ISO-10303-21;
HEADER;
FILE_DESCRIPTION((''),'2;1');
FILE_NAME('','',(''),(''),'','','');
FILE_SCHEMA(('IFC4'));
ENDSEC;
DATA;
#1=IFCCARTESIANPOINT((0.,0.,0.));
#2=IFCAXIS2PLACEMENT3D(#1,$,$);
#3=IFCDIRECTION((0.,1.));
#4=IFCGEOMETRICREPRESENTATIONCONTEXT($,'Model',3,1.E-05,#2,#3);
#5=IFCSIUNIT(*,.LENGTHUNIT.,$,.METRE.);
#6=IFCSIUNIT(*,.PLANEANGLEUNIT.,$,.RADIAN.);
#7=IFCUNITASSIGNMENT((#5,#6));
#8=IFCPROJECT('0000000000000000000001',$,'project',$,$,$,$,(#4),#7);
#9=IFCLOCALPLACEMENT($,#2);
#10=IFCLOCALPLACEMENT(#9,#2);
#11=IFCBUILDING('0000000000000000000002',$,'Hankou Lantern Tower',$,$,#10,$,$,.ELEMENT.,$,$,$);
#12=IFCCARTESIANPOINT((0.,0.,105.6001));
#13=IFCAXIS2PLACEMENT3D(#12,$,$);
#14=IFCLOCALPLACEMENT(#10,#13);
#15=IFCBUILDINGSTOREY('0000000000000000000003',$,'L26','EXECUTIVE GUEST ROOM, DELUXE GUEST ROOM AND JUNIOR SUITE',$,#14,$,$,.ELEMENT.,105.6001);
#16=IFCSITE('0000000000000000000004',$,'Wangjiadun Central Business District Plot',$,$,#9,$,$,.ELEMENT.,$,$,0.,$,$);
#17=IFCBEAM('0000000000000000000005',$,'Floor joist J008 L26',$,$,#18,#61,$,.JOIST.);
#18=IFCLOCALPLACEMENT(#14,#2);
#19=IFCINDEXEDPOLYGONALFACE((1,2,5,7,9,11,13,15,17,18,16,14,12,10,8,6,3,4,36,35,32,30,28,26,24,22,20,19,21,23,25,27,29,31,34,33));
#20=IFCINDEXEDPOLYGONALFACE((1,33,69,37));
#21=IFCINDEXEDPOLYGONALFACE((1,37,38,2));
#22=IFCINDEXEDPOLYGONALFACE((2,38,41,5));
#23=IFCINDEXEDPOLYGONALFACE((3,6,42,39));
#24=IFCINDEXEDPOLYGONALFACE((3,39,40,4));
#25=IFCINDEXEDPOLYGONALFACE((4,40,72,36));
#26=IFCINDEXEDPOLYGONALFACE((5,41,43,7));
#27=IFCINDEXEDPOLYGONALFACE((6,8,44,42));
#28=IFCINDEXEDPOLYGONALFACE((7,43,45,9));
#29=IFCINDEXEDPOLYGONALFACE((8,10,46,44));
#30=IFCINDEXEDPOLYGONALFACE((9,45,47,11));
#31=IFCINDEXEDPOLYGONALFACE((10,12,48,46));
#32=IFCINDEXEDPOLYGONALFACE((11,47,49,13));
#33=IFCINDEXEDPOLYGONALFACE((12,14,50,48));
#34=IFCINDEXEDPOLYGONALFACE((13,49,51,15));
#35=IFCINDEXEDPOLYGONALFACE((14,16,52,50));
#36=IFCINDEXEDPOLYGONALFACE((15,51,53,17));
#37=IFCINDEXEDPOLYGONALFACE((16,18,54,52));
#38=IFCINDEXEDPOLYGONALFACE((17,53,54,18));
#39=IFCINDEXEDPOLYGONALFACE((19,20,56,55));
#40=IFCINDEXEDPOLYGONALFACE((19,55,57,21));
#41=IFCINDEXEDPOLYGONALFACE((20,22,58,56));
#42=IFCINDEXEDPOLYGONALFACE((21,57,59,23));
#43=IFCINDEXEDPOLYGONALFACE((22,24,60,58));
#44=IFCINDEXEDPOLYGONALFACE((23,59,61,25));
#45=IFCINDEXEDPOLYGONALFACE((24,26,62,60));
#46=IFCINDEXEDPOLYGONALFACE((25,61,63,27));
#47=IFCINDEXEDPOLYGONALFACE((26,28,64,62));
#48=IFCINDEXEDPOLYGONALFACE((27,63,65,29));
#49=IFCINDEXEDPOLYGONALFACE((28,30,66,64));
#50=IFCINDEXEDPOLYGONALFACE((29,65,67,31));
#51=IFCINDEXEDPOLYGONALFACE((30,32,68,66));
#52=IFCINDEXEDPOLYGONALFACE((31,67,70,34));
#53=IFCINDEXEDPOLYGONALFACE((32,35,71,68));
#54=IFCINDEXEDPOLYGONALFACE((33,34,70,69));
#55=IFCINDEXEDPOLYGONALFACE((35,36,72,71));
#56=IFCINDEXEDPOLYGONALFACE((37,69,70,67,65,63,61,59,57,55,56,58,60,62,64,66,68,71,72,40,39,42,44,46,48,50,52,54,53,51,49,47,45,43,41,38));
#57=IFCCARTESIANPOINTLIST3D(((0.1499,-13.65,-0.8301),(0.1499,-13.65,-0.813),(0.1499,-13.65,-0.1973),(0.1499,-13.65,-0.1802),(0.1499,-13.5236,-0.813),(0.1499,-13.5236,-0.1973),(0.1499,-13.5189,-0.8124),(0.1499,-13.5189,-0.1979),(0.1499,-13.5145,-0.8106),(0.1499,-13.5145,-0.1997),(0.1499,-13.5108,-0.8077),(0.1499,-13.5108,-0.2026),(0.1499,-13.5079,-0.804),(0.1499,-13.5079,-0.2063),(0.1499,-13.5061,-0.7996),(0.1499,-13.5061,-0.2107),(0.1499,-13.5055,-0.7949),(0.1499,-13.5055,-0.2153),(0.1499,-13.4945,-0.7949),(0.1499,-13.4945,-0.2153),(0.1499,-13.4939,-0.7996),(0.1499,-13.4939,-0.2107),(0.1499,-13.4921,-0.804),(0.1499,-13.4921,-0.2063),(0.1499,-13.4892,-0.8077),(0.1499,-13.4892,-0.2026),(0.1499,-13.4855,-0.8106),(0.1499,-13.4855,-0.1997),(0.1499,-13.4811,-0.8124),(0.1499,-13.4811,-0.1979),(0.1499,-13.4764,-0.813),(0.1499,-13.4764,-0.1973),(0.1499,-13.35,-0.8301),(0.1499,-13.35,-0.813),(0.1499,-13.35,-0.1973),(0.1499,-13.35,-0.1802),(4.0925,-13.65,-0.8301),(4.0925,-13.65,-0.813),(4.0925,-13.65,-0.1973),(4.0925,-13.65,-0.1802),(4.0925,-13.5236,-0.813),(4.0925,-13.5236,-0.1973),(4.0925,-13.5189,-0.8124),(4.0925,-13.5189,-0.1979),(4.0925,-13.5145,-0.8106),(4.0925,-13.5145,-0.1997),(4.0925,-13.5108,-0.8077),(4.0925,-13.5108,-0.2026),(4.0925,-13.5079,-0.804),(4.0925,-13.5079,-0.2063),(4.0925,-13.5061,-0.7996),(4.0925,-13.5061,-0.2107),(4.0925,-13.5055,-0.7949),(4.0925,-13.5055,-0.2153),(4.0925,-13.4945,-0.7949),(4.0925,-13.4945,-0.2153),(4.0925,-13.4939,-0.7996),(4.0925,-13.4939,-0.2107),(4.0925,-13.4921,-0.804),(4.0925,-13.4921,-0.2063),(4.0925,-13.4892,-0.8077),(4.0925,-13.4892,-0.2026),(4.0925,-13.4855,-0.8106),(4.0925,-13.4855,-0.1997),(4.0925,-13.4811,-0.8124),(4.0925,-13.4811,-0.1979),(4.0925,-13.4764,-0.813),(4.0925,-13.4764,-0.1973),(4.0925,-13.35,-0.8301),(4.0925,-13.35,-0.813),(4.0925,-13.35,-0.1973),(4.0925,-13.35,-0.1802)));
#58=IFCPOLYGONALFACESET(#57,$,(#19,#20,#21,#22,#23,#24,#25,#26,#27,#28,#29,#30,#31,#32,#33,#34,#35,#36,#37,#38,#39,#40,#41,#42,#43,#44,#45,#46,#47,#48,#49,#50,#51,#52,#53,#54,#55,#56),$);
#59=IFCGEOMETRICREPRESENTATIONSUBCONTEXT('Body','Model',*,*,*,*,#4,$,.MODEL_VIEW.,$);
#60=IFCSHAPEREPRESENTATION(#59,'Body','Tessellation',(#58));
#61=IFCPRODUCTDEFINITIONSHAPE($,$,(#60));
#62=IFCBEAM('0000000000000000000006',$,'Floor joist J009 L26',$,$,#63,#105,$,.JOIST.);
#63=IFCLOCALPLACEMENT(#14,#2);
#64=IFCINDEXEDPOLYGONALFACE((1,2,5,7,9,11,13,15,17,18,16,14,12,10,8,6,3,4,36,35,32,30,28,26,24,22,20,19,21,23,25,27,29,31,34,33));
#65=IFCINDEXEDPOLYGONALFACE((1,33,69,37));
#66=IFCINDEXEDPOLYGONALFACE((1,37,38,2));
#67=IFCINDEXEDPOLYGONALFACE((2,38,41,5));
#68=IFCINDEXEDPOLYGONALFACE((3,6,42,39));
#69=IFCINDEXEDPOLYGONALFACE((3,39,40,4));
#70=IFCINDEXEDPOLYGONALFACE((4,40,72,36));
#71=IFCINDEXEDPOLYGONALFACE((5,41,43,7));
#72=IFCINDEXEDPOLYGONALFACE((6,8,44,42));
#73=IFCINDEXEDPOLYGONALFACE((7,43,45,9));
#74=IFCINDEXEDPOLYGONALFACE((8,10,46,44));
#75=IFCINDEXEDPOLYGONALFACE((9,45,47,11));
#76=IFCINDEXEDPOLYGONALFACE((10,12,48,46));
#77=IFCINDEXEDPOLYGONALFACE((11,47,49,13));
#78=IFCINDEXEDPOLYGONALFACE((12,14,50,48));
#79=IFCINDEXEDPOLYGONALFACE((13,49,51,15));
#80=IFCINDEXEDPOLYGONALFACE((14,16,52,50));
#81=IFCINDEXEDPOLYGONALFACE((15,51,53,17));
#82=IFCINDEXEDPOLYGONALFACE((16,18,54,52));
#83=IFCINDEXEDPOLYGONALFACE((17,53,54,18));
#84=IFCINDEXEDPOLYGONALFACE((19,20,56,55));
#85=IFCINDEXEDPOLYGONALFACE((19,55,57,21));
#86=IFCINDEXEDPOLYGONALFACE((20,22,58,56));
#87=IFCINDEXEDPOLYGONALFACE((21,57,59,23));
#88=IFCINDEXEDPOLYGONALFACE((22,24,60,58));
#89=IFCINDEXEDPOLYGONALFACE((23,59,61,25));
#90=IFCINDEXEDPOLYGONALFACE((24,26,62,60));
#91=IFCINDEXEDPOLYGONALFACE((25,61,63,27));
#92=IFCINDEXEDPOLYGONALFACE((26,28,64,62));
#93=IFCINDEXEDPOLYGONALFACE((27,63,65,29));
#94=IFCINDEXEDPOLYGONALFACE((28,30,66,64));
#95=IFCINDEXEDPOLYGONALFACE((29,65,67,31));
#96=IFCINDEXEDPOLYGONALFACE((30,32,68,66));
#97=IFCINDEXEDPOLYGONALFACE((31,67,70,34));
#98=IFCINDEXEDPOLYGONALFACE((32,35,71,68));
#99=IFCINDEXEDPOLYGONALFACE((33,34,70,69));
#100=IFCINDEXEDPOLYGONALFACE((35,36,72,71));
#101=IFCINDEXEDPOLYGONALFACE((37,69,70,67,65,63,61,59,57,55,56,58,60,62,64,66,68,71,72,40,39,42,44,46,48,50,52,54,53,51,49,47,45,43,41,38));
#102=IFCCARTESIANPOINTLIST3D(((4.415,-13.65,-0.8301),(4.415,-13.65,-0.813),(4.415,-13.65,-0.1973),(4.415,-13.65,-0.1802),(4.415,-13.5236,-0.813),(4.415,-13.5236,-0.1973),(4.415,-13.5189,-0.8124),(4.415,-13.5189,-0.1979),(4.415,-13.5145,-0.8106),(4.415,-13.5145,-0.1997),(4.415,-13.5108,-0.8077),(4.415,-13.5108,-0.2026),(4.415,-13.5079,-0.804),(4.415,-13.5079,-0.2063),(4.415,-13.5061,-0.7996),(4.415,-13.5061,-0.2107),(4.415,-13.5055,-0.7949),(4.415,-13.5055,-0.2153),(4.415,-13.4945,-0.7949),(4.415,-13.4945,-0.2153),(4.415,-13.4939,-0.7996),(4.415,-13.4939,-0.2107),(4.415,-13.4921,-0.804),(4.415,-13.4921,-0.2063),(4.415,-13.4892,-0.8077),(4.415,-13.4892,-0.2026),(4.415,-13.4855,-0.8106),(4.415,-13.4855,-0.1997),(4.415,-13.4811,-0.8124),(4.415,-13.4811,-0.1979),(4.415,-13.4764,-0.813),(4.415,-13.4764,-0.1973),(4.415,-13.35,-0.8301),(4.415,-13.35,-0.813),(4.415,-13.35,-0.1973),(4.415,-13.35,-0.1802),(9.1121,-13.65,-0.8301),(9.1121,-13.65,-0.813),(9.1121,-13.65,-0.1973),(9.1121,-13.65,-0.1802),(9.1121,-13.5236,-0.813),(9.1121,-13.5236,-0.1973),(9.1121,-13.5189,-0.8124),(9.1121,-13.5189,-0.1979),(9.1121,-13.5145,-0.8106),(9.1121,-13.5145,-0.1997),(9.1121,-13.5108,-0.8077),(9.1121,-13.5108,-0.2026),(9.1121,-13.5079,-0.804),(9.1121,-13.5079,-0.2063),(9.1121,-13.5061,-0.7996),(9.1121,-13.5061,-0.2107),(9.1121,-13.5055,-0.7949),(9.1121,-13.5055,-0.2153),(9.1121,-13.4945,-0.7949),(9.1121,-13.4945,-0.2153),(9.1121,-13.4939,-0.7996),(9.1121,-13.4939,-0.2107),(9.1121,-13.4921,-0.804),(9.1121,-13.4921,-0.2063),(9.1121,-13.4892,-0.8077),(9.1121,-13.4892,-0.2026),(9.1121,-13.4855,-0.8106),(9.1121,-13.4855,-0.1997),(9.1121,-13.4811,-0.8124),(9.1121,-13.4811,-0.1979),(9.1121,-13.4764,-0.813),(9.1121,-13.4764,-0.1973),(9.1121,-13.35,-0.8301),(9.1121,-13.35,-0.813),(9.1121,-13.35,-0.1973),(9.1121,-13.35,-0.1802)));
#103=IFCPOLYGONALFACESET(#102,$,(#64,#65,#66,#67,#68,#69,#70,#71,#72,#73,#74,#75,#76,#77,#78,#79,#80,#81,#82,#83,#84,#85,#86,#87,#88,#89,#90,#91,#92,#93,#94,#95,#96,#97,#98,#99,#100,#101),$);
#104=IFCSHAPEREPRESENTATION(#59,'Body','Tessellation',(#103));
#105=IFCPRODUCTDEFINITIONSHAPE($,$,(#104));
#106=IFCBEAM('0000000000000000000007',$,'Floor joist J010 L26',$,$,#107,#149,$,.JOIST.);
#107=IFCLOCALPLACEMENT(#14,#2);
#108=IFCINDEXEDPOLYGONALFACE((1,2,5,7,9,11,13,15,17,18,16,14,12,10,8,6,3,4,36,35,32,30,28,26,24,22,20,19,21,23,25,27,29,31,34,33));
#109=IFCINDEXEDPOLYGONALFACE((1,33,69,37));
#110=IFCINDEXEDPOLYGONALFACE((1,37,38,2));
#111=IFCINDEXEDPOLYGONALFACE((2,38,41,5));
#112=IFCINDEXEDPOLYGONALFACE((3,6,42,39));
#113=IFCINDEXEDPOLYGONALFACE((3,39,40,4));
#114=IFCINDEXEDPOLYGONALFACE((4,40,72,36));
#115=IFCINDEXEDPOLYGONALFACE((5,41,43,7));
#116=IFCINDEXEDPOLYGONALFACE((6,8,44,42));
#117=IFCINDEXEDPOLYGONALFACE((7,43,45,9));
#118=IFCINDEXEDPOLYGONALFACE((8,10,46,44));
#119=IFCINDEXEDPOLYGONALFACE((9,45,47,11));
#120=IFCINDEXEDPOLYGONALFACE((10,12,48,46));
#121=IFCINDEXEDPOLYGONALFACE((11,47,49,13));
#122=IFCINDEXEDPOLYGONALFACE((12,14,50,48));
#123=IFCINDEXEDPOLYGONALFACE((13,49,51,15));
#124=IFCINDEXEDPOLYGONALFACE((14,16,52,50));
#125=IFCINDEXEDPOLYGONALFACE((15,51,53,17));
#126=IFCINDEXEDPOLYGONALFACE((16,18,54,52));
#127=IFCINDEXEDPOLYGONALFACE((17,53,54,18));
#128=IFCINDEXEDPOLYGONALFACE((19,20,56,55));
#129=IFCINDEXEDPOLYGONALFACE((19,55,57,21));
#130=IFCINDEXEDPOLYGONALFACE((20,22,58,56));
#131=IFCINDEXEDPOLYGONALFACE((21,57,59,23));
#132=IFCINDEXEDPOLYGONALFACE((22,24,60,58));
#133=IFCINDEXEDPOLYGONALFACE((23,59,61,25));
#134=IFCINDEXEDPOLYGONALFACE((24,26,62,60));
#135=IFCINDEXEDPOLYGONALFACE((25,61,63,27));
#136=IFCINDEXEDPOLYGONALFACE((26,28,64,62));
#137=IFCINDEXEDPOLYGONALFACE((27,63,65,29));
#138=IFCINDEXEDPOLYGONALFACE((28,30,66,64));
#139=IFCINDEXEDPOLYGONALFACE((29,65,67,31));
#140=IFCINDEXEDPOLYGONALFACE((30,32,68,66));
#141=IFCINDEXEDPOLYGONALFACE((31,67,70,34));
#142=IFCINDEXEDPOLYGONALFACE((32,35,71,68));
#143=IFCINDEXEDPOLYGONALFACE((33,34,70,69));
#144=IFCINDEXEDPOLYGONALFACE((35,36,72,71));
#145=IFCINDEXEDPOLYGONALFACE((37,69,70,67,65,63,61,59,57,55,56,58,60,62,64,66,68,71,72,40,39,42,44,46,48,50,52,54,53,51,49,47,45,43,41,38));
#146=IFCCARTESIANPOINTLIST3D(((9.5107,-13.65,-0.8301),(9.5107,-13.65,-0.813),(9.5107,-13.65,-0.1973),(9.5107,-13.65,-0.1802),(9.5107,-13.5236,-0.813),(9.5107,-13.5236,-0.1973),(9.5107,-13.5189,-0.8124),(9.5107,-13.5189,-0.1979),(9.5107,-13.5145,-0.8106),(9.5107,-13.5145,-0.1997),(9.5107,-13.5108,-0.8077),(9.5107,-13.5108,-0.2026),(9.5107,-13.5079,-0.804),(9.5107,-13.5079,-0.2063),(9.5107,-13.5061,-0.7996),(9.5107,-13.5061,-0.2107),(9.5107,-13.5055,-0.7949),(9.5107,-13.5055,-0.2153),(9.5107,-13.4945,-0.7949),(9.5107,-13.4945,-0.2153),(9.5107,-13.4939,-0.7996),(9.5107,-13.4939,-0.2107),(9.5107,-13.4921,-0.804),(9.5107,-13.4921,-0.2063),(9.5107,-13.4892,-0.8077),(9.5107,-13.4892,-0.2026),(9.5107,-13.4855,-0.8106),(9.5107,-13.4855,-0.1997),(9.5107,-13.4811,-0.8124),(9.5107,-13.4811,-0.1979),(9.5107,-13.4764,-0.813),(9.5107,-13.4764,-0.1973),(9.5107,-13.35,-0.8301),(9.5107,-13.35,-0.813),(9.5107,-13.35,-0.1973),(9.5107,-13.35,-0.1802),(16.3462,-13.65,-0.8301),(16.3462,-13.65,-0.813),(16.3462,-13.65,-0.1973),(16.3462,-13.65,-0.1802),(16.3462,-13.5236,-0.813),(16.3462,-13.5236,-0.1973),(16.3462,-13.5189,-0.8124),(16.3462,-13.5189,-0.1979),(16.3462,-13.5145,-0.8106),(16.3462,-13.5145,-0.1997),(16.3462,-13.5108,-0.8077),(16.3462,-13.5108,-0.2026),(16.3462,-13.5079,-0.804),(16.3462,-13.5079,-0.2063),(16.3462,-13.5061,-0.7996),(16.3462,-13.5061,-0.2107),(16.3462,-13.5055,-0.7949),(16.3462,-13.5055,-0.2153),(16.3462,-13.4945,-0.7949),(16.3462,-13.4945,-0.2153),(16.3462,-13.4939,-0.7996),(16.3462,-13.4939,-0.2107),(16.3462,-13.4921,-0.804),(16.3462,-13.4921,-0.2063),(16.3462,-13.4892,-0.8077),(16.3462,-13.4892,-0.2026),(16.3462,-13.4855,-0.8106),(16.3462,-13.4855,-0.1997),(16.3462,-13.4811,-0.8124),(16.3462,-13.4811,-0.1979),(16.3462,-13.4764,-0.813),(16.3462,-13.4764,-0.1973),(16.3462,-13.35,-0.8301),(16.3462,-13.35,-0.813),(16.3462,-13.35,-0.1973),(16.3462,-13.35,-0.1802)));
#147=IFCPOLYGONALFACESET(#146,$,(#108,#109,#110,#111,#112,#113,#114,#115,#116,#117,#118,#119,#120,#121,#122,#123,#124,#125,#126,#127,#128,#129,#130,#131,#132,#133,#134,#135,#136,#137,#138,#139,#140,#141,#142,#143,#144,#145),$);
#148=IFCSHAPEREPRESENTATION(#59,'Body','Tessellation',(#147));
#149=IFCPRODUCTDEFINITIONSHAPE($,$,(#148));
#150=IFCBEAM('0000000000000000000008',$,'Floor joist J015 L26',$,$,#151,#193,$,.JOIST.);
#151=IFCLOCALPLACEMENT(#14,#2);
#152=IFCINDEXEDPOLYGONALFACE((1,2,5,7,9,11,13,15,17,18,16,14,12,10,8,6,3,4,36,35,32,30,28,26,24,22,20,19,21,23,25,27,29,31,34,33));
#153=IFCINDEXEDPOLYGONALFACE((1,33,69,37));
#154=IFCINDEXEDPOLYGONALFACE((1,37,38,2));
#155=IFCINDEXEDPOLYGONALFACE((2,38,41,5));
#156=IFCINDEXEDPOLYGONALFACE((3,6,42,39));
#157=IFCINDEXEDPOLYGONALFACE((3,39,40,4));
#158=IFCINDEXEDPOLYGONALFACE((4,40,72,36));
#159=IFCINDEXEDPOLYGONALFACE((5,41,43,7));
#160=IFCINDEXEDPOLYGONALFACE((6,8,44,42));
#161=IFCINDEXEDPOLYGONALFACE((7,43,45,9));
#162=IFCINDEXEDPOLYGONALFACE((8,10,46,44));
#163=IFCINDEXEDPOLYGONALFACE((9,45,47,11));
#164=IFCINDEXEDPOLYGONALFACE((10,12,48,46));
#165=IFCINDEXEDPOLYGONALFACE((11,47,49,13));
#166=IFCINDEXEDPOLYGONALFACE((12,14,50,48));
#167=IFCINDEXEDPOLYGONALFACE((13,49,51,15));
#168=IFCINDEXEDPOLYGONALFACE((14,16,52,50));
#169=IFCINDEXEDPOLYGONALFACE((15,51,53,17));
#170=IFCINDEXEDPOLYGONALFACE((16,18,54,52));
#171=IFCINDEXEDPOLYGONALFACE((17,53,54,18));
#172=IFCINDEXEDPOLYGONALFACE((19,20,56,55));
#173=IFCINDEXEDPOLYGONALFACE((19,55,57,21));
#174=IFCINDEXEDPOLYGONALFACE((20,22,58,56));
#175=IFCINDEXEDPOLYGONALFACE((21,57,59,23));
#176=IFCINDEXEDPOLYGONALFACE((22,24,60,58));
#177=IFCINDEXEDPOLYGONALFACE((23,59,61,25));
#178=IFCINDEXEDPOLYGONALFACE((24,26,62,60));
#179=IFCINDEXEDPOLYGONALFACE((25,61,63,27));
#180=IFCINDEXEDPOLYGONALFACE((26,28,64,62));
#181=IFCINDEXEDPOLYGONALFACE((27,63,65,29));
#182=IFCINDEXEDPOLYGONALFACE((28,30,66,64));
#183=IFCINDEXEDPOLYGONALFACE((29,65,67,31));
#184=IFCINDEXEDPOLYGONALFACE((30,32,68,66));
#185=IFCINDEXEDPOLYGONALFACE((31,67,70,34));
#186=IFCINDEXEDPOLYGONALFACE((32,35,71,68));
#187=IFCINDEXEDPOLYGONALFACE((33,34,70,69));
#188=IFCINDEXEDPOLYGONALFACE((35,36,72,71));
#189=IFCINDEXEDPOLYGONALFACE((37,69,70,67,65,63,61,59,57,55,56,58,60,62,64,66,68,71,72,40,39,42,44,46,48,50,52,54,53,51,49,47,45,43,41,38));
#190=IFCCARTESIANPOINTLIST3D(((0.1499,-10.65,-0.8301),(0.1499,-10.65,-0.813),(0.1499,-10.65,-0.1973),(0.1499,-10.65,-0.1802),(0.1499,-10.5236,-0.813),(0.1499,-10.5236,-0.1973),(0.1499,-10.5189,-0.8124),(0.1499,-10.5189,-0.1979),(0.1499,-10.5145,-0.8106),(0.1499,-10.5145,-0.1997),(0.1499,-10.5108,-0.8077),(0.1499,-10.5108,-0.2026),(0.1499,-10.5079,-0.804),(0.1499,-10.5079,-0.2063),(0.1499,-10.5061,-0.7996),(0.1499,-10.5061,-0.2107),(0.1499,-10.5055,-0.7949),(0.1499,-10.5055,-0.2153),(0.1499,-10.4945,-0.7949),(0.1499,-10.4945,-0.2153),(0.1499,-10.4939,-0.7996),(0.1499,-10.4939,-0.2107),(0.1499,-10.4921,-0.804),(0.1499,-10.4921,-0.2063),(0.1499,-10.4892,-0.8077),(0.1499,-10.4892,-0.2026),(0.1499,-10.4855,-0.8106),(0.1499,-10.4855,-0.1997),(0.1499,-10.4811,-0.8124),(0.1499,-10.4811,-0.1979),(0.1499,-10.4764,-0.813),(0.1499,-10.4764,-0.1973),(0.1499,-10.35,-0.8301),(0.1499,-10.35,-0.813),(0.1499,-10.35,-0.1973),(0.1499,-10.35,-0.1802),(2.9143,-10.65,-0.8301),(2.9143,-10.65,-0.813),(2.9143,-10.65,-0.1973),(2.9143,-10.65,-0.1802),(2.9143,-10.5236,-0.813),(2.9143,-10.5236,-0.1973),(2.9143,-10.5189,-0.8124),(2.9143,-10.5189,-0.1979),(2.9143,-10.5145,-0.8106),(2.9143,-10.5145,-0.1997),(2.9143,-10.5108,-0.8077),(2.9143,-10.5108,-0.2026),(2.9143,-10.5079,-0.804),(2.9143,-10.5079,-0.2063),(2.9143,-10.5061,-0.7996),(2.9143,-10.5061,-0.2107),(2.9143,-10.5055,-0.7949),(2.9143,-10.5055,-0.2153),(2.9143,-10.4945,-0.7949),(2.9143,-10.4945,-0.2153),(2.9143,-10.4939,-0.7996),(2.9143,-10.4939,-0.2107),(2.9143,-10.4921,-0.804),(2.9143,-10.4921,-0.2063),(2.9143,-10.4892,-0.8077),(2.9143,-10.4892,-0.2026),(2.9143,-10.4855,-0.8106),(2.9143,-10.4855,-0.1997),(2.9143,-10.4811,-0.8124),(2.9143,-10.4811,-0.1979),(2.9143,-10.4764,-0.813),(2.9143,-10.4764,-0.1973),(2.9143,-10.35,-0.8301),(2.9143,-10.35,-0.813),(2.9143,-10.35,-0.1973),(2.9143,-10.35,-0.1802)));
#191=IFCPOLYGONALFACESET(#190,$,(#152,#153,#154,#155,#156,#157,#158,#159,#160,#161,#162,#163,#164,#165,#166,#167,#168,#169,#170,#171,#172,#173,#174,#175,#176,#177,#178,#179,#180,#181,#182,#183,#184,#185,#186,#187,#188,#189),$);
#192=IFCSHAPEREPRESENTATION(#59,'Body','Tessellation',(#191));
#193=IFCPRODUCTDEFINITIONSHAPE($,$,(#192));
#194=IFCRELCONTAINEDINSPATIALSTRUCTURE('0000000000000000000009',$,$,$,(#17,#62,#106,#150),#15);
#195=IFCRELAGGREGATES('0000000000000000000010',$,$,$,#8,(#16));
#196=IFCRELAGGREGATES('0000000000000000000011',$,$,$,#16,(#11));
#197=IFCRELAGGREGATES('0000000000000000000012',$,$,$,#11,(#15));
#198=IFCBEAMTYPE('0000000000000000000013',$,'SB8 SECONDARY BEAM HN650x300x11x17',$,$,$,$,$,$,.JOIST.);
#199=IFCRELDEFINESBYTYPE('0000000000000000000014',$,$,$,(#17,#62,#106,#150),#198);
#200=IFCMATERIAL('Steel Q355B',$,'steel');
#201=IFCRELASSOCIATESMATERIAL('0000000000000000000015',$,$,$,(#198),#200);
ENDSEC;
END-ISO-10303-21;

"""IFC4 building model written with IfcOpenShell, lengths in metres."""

from ifc_helpers import new_model, si_unit, direction, frame, origin, origin_2d, place, context, subcontext, project, spatial, i_section, extrude, material, material_profile, profile_set, type_object, element, save


model = new_model("IFC4")

# Units and contexts
model_context = context("Model", 3, precision=1e-05, world=origin(), true_north=direction((0.0, 1.0)))
body_context = subcontext(model_context, "Body", "Model", "MODEL_VIEW")
ifc_project = project(units=[si_unit("LENGTHUNIT", "METRE"), si_unit("PLANEANGLEUNIT", "RADIAN")], contexts=[model_context])

# Site, building, storey
site_placement = place(None, origin())
site = spatial("IfcSite", under=ifc_project, at=site_placement, Name="Wangjiadun Central Business District Plot", CompositionType="ELEMENT", RefElevation=0.0)
building_placement = place(site_placement, origin())
building = spatial("IfcBuilding", under=site, at=building_placement, Name="Hankou Lantern Tower", CompositionType="ELEMENT")
storey_placement = place(building_placement, frame((0.0, 0.0, 105.6001)))
storey = spatial("IfcBuildingStorey", under=building, at=storey_placement, Name="L26", Description="EXECUTIVE GUEST ROOM, DELUXE GUEST ROOM AND JUNIOR SUITE", CompositionType="ELEMENT", Elevation=105.6001)

# Beams
ifc_material_1 = material(Name="Steel Q355B", Category="steel")
ifc_material_profile_1 = material_profile(ifc_material_1, i_section(OverallWidth=0.3, OverallDepth=0.6499, WebThickness=0.011, FlangeThickness=0.0171, FilletRadius=0.0181, at=origin_2d()), Name="HN650x300x11x17")
ifc_profile_set_1 = profile_set([ifc_material_profile_1], Name="Steel Q355B")
beam_type_1 = type_object("IfcBeamType", Name="SB8 SECONDARY BEAM HN650x300x11x17", PredefinedType="JOIST", material=ifc_profile_set_1)
beam_1_placement = place(storey_placement, frame((0.1499, -13.5, -0.5051), z_axis=(1.0, 0.0, 0.0), x_axis=(0.0, 1.0, 0.0)))
element("IfcBeam", 1, at=beam_1_placement, inside=storey, type_object=beam_type_1, Name="Floor joist J008 L26", PredefinedType="JOIST", context=body_context, shape_type="SweptSolid", body=[
    extrude(i_section(OverallWidth=0.3, OverallDepth=0.6499, WebThickness=0.011, FlangeThickness=0.0171, FilletRadius=0.0181, at=origin_2d()), origin(), (0.0, 0.0, 1.0), 3.9426),
])
beam_2_placement = place(storey_placement, frame((4.415, -13.5, -0.5051), z_axis=(1.0, 0.0, 0.0), x_axis=(0.0, 1.0, 0.0)))
element("IfcBeam", 2, at=beam_2_placement, inside=storey, type_object=beam_type_1, Name="Floor joist J009 L26", PredefinedType="JOIST", context=body_context, shape_type="SweptSolid", body=[
    extrude(i_section(OverallWidth=0.3, OverallDepth=0.6499, WebThickness=0.011, FlangeThickness=0.0171, FilletRadius=0.0181, at=origin_2d()), origin(), (0.0, 0.0, 1.0), 4.697),
])
beam_3_placement = place(storey_placement, frame((9.5107, -13.5, -0.5051), z_axis=(1.0, 0.0, 0.0), x_axis=(0.0, 1.0, 0.0)))
element("IfcBeam", 3, at=beam_3_placement, inside=storey, type_object=beam_type_1, Name="Floor joist J010 L26", PredefinedType="JOIST", context=body_context, shape_type="SweptSolid", body=[
    extrude(i_section(OverallWidth=0.3, OverallDepth=0.6499, WebThickness=0.011, FlangeThickness=0.0171, FilletRadius=0.0181, at=origin_2d()), origin(), (0.0, 0.0, 1.0), 6.8354),
])
beam_4_placement = place(storey_placement, frame((0.1499, -10.5, -0.5051), z_axis=(1.0, 0.0, 0.0), x_axis=(0.0, 1.0, 0.0)))
element("IfcBeam", 4, at=beam_4_placement, inside=storey, type_object=beam_type_1, Name="Floor joist J015 L26", PredefinedType="JOIST", context=body_context, shape_type="SweptSolid", body=[
    extrude(i_section(OverallWidth=0.3, OverallDepth=0.6499, WebThickness=0.011, FlangeThickness=0.0171, FilletRadius=0.0181, at=origin_2d()), origin(), (0.0, 0.0, 1.0), 2.7644),
])

save(model, "model.ifc")
